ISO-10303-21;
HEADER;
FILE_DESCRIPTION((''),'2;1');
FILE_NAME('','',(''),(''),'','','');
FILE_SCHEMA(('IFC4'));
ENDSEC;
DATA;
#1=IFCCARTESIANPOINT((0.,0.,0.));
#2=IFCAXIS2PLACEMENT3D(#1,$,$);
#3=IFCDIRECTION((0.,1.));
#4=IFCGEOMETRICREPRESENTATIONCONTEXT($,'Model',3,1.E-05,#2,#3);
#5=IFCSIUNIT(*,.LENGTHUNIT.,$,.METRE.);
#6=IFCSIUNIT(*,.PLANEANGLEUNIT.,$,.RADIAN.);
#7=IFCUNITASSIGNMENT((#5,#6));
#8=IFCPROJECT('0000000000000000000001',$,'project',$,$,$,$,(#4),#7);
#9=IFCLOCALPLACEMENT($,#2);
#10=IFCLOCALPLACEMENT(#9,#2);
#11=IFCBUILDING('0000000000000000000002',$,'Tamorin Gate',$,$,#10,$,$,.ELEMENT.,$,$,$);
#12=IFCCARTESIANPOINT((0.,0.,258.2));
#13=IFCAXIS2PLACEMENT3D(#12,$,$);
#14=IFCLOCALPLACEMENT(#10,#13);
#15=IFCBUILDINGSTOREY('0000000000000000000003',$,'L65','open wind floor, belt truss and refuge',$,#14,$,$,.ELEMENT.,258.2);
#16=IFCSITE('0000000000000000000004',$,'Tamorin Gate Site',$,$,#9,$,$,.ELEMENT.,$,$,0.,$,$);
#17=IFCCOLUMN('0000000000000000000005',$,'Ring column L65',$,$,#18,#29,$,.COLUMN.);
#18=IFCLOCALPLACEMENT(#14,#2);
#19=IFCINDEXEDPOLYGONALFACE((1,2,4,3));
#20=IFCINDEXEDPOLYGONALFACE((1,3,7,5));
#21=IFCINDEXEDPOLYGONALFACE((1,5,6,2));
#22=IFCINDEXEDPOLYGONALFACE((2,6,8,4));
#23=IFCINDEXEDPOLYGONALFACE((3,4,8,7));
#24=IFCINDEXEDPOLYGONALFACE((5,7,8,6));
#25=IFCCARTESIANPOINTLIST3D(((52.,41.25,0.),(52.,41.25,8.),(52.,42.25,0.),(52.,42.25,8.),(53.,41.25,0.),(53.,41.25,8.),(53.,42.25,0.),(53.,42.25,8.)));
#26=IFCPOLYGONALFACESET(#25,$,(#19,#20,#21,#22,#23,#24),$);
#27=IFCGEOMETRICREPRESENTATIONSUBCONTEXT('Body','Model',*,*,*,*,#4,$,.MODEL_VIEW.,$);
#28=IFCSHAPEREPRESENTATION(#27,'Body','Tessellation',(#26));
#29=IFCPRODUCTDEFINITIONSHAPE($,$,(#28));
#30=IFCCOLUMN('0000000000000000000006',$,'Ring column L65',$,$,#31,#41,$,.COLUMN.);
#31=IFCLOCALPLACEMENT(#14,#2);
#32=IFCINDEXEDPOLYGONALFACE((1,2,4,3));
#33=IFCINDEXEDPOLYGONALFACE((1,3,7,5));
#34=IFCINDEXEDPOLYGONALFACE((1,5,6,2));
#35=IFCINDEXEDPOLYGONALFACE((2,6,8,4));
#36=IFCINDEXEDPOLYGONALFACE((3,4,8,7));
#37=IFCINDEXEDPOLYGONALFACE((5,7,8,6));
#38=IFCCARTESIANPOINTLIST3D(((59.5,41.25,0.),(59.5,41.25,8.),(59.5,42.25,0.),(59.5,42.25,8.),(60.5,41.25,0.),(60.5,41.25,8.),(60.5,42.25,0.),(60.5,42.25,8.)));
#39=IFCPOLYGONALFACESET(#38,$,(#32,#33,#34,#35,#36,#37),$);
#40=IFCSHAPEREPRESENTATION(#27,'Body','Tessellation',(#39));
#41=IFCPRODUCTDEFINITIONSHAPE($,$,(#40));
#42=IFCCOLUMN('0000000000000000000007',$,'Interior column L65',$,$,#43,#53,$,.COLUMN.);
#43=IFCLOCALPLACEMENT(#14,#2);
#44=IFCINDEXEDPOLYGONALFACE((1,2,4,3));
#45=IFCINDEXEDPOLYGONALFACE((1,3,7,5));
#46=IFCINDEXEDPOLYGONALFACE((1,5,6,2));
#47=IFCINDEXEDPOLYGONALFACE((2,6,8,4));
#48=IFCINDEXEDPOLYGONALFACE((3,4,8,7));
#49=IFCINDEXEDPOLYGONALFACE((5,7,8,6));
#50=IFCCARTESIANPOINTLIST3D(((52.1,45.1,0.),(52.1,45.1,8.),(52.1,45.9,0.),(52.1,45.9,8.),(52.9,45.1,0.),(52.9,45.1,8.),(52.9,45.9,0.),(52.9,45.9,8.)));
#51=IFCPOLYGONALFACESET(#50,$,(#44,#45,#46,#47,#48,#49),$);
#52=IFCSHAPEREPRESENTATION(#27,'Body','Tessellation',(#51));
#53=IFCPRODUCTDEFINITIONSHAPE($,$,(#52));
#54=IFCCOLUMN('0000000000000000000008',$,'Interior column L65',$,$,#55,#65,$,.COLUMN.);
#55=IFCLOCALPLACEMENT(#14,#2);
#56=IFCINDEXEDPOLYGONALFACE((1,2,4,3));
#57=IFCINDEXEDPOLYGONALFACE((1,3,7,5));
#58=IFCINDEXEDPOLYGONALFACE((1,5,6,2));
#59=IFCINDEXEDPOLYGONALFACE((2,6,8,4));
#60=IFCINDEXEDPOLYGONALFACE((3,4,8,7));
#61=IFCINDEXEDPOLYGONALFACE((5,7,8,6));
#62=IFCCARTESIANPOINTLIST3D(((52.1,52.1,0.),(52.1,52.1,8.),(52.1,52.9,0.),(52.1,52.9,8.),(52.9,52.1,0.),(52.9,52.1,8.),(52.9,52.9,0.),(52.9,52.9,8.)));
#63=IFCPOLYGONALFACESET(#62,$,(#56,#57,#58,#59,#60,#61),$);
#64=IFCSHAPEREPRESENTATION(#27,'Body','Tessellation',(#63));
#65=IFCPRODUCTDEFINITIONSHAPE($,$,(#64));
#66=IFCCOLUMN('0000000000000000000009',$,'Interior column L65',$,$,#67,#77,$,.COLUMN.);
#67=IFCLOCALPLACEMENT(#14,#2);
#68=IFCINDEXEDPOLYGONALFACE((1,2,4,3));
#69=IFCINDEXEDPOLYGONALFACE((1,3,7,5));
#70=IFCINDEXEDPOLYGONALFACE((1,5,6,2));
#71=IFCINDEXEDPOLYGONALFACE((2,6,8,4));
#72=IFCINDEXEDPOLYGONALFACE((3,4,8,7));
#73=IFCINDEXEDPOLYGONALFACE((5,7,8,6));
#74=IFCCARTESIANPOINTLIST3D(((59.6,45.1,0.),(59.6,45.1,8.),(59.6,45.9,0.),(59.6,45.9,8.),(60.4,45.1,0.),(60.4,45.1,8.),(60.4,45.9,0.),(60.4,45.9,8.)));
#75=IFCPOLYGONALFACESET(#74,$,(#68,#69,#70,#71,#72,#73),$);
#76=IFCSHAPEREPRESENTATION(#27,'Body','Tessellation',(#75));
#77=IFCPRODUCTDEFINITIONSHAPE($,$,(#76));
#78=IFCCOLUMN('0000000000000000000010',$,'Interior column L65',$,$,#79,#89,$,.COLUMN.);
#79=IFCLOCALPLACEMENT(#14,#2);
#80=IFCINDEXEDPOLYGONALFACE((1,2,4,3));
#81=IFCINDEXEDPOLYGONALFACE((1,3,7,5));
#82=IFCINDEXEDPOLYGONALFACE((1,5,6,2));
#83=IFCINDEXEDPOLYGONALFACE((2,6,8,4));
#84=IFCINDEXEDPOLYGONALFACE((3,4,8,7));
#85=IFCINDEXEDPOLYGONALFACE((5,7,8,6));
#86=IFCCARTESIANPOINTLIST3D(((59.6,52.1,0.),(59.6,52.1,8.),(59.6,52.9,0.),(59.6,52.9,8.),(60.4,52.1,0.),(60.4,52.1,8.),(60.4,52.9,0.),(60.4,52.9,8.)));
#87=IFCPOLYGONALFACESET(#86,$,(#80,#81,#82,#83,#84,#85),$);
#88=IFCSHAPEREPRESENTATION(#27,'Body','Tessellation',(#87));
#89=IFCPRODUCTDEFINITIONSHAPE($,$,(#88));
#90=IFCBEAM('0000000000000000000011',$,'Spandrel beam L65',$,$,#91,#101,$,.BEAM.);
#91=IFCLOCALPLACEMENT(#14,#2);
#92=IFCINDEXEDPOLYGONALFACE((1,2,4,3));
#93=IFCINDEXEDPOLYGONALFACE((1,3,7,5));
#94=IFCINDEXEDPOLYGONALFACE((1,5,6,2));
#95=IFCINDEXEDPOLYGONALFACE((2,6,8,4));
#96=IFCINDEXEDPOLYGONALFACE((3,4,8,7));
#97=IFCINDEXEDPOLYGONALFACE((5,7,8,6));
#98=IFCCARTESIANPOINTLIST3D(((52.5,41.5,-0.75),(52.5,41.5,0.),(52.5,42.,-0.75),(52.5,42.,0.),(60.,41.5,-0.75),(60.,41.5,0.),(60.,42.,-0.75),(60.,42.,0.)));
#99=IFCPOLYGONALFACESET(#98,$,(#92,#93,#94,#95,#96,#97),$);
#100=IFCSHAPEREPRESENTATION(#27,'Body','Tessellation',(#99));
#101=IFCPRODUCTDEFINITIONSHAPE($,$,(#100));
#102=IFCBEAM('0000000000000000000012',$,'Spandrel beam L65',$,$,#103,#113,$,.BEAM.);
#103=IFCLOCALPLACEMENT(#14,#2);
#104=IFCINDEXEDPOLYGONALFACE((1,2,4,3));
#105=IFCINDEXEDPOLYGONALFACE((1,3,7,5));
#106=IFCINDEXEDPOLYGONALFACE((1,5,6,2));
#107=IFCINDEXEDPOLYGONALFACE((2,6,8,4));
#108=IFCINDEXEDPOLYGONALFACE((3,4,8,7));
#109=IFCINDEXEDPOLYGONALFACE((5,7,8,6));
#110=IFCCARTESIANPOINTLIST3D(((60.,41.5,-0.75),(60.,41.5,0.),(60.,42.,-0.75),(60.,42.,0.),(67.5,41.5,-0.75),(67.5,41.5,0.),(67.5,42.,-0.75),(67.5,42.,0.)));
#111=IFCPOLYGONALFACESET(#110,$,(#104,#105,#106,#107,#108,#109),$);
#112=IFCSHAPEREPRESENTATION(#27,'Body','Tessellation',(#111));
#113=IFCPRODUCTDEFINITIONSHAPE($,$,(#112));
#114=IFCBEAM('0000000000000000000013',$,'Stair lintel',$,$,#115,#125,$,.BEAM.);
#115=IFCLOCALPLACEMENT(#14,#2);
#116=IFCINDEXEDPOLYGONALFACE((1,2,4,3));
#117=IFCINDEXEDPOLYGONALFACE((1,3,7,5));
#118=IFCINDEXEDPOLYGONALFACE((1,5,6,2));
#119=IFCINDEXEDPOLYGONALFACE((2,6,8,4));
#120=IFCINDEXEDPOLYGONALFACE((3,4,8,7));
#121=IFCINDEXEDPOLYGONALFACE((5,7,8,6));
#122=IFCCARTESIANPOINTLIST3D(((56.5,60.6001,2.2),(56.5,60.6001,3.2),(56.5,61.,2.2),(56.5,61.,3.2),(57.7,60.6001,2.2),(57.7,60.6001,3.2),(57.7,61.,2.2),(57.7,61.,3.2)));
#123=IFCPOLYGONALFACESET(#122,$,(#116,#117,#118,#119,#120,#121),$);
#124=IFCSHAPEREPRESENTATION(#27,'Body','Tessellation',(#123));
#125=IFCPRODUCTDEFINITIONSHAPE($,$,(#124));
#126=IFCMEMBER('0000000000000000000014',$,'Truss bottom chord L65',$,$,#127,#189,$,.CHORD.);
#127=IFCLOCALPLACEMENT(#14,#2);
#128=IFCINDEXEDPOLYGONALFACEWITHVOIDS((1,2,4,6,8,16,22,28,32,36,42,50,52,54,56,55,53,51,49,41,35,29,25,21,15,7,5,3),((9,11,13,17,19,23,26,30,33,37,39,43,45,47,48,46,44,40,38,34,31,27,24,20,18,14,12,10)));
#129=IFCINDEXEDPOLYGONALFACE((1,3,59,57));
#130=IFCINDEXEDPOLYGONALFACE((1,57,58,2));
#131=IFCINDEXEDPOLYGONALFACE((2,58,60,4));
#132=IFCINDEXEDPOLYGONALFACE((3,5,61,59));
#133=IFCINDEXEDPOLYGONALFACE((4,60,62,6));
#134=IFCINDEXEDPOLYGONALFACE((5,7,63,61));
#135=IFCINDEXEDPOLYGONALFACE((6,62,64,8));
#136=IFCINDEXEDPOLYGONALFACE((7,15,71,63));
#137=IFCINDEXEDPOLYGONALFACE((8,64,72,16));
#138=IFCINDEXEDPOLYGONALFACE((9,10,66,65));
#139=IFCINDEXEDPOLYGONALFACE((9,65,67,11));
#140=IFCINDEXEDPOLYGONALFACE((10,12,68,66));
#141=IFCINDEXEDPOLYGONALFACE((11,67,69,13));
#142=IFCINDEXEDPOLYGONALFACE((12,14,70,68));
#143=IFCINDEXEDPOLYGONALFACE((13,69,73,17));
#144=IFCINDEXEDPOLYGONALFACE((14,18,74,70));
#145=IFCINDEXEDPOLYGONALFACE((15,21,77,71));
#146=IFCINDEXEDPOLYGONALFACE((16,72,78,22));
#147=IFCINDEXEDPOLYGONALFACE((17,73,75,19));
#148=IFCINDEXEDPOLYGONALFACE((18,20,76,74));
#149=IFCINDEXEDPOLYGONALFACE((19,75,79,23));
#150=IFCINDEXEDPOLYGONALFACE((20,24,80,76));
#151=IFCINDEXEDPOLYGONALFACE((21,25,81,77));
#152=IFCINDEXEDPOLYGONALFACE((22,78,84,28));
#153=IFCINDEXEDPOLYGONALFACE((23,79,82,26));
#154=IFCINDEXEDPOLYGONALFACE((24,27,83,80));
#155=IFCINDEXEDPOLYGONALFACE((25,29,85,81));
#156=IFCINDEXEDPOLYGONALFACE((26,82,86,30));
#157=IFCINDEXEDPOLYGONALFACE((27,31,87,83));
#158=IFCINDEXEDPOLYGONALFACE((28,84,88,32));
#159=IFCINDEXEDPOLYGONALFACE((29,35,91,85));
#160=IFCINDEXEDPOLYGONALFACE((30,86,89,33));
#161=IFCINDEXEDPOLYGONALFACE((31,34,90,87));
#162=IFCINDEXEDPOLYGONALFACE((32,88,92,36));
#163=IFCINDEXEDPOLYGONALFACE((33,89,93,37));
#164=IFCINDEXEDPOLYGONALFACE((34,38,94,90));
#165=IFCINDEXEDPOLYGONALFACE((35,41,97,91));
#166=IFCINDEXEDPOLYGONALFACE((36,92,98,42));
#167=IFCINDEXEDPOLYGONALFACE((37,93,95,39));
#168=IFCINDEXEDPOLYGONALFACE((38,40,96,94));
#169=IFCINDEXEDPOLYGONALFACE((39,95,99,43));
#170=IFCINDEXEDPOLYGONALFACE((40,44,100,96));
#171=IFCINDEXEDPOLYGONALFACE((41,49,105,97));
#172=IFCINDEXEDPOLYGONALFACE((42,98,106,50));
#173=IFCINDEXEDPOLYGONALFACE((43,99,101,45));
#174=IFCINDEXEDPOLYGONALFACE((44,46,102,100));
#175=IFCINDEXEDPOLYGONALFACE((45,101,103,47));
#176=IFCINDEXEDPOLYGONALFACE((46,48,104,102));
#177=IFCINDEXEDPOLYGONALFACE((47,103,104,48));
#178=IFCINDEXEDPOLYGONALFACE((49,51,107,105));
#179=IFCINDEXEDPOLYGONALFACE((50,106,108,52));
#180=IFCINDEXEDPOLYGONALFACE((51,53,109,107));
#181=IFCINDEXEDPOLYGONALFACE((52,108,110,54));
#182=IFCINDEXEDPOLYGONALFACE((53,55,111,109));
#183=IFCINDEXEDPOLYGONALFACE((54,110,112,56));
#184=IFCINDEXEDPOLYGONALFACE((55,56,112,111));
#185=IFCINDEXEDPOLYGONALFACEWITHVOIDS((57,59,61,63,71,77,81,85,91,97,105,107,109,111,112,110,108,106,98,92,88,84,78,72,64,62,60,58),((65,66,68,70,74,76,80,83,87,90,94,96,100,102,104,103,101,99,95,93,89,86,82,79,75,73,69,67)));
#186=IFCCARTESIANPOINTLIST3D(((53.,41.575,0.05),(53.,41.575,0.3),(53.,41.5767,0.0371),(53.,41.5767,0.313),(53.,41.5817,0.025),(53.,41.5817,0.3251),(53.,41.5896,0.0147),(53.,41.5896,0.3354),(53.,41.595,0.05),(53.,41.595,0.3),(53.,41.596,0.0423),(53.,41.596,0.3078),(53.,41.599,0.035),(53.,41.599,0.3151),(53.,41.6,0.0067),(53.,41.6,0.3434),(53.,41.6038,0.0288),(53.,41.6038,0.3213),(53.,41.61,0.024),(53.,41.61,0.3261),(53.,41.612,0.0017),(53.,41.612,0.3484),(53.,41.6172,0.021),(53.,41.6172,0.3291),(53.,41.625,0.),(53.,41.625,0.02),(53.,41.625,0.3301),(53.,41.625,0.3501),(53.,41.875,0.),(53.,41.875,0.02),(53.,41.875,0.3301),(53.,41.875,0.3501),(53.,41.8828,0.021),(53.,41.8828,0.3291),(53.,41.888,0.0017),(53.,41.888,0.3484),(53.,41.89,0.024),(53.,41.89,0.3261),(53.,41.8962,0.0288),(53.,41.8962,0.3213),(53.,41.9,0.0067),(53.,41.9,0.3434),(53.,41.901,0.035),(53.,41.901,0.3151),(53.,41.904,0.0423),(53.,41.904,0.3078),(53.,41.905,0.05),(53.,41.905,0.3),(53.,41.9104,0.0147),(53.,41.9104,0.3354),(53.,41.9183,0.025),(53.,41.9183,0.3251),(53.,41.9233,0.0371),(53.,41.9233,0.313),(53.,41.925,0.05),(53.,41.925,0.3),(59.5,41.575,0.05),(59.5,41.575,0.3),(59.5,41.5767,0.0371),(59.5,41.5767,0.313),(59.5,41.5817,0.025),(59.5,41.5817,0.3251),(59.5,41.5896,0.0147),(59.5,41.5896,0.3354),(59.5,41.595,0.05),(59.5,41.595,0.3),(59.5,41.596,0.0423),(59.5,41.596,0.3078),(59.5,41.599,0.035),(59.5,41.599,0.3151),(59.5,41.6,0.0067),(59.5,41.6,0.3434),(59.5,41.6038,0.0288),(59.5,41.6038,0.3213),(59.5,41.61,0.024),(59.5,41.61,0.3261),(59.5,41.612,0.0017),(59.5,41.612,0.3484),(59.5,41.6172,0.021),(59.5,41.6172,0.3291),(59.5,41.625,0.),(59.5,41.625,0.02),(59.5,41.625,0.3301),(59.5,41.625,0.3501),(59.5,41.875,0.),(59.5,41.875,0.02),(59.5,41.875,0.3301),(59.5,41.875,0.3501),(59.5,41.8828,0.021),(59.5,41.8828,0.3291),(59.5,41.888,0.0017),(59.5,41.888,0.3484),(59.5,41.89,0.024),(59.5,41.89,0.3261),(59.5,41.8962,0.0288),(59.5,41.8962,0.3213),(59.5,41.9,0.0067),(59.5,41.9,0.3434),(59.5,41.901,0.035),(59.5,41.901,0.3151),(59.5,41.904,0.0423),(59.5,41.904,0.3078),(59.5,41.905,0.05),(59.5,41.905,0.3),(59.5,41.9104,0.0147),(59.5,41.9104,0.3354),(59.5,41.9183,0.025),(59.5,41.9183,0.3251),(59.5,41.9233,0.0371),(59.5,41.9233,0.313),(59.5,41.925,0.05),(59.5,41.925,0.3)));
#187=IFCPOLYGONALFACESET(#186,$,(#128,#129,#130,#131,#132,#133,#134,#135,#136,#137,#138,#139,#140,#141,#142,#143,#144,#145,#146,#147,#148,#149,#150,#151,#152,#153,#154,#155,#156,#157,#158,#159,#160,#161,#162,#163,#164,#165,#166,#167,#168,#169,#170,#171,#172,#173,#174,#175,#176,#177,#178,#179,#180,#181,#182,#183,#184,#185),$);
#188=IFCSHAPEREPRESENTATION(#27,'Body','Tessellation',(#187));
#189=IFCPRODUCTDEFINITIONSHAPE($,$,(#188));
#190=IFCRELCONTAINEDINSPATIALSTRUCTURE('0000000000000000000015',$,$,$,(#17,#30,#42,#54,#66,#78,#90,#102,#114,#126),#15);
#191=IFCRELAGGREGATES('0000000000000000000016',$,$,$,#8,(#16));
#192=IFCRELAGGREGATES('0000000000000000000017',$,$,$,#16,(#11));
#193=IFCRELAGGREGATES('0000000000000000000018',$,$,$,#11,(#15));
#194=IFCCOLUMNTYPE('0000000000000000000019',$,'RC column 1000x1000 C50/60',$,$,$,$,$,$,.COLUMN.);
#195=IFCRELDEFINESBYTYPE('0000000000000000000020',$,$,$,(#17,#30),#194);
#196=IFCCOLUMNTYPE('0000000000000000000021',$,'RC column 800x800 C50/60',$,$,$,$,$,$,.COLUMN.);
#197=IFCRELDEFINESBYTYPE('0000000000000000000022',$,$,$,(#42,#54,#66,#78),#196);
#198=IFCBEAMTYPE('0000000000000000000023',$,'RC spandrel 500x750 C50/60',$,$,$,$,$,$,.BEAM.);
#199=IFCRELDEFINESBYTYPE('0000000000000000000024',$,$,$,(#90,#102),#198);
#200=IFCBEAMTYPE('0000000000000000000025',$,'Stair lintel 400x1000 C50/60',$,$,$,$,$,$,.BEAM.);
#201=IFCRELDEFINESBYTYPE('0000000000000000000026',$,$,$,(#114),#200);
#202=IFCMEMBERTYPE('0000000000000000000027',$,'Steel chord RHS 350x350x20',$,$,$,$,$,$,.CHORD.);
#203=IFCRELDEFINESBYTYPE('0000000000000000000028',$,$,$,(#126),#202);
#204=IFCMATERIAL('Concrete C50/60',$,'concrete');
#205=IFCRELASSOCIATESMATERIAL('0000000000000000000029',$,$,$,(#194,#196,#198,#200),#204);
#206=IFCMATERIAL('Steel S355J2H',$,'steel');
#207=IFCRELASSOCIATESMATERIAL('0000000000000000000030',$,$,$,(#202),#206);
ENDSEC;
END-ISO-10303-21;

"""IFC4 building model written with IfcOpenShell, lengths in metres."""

from ifc_helpers import new_model, si_unit, direction, frame, origin, origin_2d, place, context, subcontext, project, spatial, rectangle, hollow_rectangle, extrude, material, material_profile, profile_set, type_object, element, save


model = new_model("IFC4")

# Units and contexts
model_context = context("Model", 3, precision=1e-05, world=origin(), true_north=direction((0.0, 1.0)))
body_context = subcontext(model_context, "Body", "Model", "MODEL_VIEW")
ifc_project = project(units=[si_unit("LENGTHUNIT", "METRE"), si_unit("PLANEANGLEUNIT", "RADIAN")], contexts=[model_context])

# Site, building, storey
site_placement = place(None, origin())
site = spatial("IfcSite", under=ifc_project, at=site_placement, Name="Tamorin Gate Site", CompositionType="ELEMENT", RefElevation=0.0)
building_placement = place(site_placement, origin())
building = spatial("IfcBuilding", under=site, at=building_placement, Name="Tamorin Gate", CompositionType="ELEMENT")
storey_placement = place(building_placement, frame((0.0, 0.0, 258.2)))
storey = spatial("IfcBuildingStorey", under=building, at=storey_placement, Name="L65", Description="open wind floor, belt truss and refuge", CompositionType="ELEMENT", Elevation=258.2)

# Columns
ifc_material_1 = material(Name="Concrete C50/60", Category="concrete")
ifc_material_profile_1 = material_profile(ifc_material_1, rectangle(XDim=1.0, YDim=1.0, at=origin_2d()), Name="RC 1000x1000")
ifc_profile_set_1 = profile_set([ifc_material_profile_1], Name="Concrete C50/60")
column_type_1 = type_object("IfcColumnType", Name="RC column 1000x1000 C50/60", PredefinedType="COLUMN", material=ifc_profile_set_1)
for number, where, z_axis, x_axis, name in (
    (1, (52.5, 41.75, 0.0), (0.0, 0.0, 1.0), (1.0, 0.0, 0.0), "Ring column L65"),
    (2, (60.0, 41.75, 0.0), (0.0, 0.0, 1.0), (1.0, 0.0, 0.0), "Ring column L65"),
):
    element("IfcColumn", number, at=place(storey_placement, frame(where, z_axis=z_axis, x_axis=x_axis)), inside=storey, type_object=column_type_1, Name=name, PredefinedType="COLUMN", context=body_context, shape_type="SweptSolid", body=[
        extrude(rectangle(XDim=1.0, YDim=1.0, at=origin_2d()), origin(), (0.0, 0.0, 1.0), 8.0),
    ])
ifc_material_profile_2 = material_profile(ifc_material_1, rectangle(XDim=0.8, YDim=0.8, at=origin_2d()), Name="RC 800x800")
ifc_profile_set_2 = profile_set([ifc_material_profile_2], Name="Concrete C50/60")
column_type_2 = type_object("IfcColumnType", Name="RC column 800x800 C50/60", PredefinedType="COLUMN", material=ifc_profile_set_2)
for number, where, z_axis, x_axis, name in (
    (3, (52.5, 45.5, 0.0), (0.0, 0.0, 1.0), (1.0, 0.0, 0.0), "Interior column L65"),
    (4, (52.5, 52.5, 0.0), (0.0, 0.0, 1.0), (1.0, 0.0, 0.0), "Interior column L65"),
    (5, (60.0, 45.5, 0.0), (0.0, 0.0, 1.0), (1.0, 0.0, 0.0), "Interior column L65"),
    (6, (60.0, 52.5, 0.0), (0.0, 0.0, 1.0), (1.0, 0.0, 0.0), "Interior column L65"),
):
    element("IfcColumn", number, at=place(storey_placement, frame(where, z_axis=z_axis, x_axis=x_axis)), inside=storey, type_object=column_type_2, Name=name, PredefinedType="COLUMN", context=body_context, shape_type="SweptSolid", body=[
        extrude(rectangle(XDim=0.8, YDim=0.8, at=origin_2d()), origin(), (0.0, 0.0, 1.0), 8.0),
    ])

# Beams
ifc_material_profile_3 = material_profile(ifc_material_1, rectangle(XDim=0.5, YDim=0.75, at=origin_2d()), Name="RC 500x750")
ifc_profile_set_3 = profile_set([ifc_material_profile_3], Name="Concrete C50/60")
beam_type_1 = type_object("IfcBeamType", Name="RC spandrel 500x750 C50/60", PredefinedType="BEAM", material=ifc_profile_set_3)
for number, where, z_axis, x_axis, name in (
    (7, (52.5, 41.75, -0.375), (1.0, 0.0, 0.0), (0.0, 1.0, 0.0), "Spandrel beam L65"),
    (8, (60.0, 41.75, -0.375), (1.0, 0.0, 0.0), (0.0, 1.0, 0.0), "Spandrel beam L65"),
):
    element("IfcBeam", number, at=place(storey_placement, frame(where, z_axis=z_axis, x_axis=x_axis)), inside=storey, type_object=beam_type_1, Name=name, PredefinedType="BEAM", context=body_context, shape_type="SweptSolid", body=[
        extrude(rectangle(XDim=0.5, YDim=0.75, at=origin_2d()), origin(), (0.0, 0.0, 1.0), 7.5),
    ])
ifc_material_profile_4 = material_profile(ifc_material_1, rectangle(XDim=0.3999, YDim=1.0, at=origin_2d()))
ifc_profile_set_4 = profile_set([ifc_material_profile_4], Name="Concrete C50/60")
beam_type_2 = type_object("IfcBeamType", Name="Stair lintel 400x1000 C50/60", PredefinedType="BEAM", material=ifc_profile_set_4)
beam_placement = place(storey_placement, frame((56.5, 60.8, 2.7), z_axis=(1.0, 0.0, 0.0), x_axis=(0.0, 1.0, 0.0)))
element("IfcBeam", 9, at=beam_placement, inside=storey, type_object=beam_type_2, Name="Stair lintel", PredefinedType="BEAM", context=body_context, shape_type="SweptSolid", body=[
    extrude(rectangle(XDim=0.3999, YDim=1.0, at=origin_2d()), origin(), (0.0, 0.0, 1.0), 1.2),
])

# Member
ifc_material_2 = material(Name="Steel S355J2H", Category="steel")
ifc_material_profile_5 = material_profile(ifc_material_2, hollow_rectangle(XDim=0.3501, YDim=0.3501, WallThickness=0.02, InnerFilletRadius=0.03, OuterFilletRadius=0.05, at=origin_2d()), Name="RHS 350x350x20")
ifc_profile_set_5 = profile_set([ifc_material_profile_5], Name="Steel S355J2H")
member_type_1 = type_object("IfcMemberType", Name="Steel chord RHS 350x350x20", PredefinedType="CHORD", material=ifc_profile_set_5)
for number, where, z_axis, x_axis, name in (
    (10, (53.0, 41.75, 0.175), (1.0, 0.0, 0.0), (0.0, 1.0, 0.0), "Truss bottom chord L65"),
):
    element("IfcMember", number, at=place(storey_placement, frame(where, z_axis=z_axis, x_axis=x_axis)), inside=storey, type_object=member_type_1, Name=name, PredefinedType="CHORD", context=body_context, shape_type="SweptSolid", body=[
        extrude(hollow_rectangle(XDim=0.3501, YDim=0.3501, WallThickness=0.02, InnerFilletRadius=0.03, OuterFilletRadius=0.05, at=origin_2d()), origin(), (0.0, 0.0, 1.0), 6.5),
    ])

save(model, "model.ifc")
